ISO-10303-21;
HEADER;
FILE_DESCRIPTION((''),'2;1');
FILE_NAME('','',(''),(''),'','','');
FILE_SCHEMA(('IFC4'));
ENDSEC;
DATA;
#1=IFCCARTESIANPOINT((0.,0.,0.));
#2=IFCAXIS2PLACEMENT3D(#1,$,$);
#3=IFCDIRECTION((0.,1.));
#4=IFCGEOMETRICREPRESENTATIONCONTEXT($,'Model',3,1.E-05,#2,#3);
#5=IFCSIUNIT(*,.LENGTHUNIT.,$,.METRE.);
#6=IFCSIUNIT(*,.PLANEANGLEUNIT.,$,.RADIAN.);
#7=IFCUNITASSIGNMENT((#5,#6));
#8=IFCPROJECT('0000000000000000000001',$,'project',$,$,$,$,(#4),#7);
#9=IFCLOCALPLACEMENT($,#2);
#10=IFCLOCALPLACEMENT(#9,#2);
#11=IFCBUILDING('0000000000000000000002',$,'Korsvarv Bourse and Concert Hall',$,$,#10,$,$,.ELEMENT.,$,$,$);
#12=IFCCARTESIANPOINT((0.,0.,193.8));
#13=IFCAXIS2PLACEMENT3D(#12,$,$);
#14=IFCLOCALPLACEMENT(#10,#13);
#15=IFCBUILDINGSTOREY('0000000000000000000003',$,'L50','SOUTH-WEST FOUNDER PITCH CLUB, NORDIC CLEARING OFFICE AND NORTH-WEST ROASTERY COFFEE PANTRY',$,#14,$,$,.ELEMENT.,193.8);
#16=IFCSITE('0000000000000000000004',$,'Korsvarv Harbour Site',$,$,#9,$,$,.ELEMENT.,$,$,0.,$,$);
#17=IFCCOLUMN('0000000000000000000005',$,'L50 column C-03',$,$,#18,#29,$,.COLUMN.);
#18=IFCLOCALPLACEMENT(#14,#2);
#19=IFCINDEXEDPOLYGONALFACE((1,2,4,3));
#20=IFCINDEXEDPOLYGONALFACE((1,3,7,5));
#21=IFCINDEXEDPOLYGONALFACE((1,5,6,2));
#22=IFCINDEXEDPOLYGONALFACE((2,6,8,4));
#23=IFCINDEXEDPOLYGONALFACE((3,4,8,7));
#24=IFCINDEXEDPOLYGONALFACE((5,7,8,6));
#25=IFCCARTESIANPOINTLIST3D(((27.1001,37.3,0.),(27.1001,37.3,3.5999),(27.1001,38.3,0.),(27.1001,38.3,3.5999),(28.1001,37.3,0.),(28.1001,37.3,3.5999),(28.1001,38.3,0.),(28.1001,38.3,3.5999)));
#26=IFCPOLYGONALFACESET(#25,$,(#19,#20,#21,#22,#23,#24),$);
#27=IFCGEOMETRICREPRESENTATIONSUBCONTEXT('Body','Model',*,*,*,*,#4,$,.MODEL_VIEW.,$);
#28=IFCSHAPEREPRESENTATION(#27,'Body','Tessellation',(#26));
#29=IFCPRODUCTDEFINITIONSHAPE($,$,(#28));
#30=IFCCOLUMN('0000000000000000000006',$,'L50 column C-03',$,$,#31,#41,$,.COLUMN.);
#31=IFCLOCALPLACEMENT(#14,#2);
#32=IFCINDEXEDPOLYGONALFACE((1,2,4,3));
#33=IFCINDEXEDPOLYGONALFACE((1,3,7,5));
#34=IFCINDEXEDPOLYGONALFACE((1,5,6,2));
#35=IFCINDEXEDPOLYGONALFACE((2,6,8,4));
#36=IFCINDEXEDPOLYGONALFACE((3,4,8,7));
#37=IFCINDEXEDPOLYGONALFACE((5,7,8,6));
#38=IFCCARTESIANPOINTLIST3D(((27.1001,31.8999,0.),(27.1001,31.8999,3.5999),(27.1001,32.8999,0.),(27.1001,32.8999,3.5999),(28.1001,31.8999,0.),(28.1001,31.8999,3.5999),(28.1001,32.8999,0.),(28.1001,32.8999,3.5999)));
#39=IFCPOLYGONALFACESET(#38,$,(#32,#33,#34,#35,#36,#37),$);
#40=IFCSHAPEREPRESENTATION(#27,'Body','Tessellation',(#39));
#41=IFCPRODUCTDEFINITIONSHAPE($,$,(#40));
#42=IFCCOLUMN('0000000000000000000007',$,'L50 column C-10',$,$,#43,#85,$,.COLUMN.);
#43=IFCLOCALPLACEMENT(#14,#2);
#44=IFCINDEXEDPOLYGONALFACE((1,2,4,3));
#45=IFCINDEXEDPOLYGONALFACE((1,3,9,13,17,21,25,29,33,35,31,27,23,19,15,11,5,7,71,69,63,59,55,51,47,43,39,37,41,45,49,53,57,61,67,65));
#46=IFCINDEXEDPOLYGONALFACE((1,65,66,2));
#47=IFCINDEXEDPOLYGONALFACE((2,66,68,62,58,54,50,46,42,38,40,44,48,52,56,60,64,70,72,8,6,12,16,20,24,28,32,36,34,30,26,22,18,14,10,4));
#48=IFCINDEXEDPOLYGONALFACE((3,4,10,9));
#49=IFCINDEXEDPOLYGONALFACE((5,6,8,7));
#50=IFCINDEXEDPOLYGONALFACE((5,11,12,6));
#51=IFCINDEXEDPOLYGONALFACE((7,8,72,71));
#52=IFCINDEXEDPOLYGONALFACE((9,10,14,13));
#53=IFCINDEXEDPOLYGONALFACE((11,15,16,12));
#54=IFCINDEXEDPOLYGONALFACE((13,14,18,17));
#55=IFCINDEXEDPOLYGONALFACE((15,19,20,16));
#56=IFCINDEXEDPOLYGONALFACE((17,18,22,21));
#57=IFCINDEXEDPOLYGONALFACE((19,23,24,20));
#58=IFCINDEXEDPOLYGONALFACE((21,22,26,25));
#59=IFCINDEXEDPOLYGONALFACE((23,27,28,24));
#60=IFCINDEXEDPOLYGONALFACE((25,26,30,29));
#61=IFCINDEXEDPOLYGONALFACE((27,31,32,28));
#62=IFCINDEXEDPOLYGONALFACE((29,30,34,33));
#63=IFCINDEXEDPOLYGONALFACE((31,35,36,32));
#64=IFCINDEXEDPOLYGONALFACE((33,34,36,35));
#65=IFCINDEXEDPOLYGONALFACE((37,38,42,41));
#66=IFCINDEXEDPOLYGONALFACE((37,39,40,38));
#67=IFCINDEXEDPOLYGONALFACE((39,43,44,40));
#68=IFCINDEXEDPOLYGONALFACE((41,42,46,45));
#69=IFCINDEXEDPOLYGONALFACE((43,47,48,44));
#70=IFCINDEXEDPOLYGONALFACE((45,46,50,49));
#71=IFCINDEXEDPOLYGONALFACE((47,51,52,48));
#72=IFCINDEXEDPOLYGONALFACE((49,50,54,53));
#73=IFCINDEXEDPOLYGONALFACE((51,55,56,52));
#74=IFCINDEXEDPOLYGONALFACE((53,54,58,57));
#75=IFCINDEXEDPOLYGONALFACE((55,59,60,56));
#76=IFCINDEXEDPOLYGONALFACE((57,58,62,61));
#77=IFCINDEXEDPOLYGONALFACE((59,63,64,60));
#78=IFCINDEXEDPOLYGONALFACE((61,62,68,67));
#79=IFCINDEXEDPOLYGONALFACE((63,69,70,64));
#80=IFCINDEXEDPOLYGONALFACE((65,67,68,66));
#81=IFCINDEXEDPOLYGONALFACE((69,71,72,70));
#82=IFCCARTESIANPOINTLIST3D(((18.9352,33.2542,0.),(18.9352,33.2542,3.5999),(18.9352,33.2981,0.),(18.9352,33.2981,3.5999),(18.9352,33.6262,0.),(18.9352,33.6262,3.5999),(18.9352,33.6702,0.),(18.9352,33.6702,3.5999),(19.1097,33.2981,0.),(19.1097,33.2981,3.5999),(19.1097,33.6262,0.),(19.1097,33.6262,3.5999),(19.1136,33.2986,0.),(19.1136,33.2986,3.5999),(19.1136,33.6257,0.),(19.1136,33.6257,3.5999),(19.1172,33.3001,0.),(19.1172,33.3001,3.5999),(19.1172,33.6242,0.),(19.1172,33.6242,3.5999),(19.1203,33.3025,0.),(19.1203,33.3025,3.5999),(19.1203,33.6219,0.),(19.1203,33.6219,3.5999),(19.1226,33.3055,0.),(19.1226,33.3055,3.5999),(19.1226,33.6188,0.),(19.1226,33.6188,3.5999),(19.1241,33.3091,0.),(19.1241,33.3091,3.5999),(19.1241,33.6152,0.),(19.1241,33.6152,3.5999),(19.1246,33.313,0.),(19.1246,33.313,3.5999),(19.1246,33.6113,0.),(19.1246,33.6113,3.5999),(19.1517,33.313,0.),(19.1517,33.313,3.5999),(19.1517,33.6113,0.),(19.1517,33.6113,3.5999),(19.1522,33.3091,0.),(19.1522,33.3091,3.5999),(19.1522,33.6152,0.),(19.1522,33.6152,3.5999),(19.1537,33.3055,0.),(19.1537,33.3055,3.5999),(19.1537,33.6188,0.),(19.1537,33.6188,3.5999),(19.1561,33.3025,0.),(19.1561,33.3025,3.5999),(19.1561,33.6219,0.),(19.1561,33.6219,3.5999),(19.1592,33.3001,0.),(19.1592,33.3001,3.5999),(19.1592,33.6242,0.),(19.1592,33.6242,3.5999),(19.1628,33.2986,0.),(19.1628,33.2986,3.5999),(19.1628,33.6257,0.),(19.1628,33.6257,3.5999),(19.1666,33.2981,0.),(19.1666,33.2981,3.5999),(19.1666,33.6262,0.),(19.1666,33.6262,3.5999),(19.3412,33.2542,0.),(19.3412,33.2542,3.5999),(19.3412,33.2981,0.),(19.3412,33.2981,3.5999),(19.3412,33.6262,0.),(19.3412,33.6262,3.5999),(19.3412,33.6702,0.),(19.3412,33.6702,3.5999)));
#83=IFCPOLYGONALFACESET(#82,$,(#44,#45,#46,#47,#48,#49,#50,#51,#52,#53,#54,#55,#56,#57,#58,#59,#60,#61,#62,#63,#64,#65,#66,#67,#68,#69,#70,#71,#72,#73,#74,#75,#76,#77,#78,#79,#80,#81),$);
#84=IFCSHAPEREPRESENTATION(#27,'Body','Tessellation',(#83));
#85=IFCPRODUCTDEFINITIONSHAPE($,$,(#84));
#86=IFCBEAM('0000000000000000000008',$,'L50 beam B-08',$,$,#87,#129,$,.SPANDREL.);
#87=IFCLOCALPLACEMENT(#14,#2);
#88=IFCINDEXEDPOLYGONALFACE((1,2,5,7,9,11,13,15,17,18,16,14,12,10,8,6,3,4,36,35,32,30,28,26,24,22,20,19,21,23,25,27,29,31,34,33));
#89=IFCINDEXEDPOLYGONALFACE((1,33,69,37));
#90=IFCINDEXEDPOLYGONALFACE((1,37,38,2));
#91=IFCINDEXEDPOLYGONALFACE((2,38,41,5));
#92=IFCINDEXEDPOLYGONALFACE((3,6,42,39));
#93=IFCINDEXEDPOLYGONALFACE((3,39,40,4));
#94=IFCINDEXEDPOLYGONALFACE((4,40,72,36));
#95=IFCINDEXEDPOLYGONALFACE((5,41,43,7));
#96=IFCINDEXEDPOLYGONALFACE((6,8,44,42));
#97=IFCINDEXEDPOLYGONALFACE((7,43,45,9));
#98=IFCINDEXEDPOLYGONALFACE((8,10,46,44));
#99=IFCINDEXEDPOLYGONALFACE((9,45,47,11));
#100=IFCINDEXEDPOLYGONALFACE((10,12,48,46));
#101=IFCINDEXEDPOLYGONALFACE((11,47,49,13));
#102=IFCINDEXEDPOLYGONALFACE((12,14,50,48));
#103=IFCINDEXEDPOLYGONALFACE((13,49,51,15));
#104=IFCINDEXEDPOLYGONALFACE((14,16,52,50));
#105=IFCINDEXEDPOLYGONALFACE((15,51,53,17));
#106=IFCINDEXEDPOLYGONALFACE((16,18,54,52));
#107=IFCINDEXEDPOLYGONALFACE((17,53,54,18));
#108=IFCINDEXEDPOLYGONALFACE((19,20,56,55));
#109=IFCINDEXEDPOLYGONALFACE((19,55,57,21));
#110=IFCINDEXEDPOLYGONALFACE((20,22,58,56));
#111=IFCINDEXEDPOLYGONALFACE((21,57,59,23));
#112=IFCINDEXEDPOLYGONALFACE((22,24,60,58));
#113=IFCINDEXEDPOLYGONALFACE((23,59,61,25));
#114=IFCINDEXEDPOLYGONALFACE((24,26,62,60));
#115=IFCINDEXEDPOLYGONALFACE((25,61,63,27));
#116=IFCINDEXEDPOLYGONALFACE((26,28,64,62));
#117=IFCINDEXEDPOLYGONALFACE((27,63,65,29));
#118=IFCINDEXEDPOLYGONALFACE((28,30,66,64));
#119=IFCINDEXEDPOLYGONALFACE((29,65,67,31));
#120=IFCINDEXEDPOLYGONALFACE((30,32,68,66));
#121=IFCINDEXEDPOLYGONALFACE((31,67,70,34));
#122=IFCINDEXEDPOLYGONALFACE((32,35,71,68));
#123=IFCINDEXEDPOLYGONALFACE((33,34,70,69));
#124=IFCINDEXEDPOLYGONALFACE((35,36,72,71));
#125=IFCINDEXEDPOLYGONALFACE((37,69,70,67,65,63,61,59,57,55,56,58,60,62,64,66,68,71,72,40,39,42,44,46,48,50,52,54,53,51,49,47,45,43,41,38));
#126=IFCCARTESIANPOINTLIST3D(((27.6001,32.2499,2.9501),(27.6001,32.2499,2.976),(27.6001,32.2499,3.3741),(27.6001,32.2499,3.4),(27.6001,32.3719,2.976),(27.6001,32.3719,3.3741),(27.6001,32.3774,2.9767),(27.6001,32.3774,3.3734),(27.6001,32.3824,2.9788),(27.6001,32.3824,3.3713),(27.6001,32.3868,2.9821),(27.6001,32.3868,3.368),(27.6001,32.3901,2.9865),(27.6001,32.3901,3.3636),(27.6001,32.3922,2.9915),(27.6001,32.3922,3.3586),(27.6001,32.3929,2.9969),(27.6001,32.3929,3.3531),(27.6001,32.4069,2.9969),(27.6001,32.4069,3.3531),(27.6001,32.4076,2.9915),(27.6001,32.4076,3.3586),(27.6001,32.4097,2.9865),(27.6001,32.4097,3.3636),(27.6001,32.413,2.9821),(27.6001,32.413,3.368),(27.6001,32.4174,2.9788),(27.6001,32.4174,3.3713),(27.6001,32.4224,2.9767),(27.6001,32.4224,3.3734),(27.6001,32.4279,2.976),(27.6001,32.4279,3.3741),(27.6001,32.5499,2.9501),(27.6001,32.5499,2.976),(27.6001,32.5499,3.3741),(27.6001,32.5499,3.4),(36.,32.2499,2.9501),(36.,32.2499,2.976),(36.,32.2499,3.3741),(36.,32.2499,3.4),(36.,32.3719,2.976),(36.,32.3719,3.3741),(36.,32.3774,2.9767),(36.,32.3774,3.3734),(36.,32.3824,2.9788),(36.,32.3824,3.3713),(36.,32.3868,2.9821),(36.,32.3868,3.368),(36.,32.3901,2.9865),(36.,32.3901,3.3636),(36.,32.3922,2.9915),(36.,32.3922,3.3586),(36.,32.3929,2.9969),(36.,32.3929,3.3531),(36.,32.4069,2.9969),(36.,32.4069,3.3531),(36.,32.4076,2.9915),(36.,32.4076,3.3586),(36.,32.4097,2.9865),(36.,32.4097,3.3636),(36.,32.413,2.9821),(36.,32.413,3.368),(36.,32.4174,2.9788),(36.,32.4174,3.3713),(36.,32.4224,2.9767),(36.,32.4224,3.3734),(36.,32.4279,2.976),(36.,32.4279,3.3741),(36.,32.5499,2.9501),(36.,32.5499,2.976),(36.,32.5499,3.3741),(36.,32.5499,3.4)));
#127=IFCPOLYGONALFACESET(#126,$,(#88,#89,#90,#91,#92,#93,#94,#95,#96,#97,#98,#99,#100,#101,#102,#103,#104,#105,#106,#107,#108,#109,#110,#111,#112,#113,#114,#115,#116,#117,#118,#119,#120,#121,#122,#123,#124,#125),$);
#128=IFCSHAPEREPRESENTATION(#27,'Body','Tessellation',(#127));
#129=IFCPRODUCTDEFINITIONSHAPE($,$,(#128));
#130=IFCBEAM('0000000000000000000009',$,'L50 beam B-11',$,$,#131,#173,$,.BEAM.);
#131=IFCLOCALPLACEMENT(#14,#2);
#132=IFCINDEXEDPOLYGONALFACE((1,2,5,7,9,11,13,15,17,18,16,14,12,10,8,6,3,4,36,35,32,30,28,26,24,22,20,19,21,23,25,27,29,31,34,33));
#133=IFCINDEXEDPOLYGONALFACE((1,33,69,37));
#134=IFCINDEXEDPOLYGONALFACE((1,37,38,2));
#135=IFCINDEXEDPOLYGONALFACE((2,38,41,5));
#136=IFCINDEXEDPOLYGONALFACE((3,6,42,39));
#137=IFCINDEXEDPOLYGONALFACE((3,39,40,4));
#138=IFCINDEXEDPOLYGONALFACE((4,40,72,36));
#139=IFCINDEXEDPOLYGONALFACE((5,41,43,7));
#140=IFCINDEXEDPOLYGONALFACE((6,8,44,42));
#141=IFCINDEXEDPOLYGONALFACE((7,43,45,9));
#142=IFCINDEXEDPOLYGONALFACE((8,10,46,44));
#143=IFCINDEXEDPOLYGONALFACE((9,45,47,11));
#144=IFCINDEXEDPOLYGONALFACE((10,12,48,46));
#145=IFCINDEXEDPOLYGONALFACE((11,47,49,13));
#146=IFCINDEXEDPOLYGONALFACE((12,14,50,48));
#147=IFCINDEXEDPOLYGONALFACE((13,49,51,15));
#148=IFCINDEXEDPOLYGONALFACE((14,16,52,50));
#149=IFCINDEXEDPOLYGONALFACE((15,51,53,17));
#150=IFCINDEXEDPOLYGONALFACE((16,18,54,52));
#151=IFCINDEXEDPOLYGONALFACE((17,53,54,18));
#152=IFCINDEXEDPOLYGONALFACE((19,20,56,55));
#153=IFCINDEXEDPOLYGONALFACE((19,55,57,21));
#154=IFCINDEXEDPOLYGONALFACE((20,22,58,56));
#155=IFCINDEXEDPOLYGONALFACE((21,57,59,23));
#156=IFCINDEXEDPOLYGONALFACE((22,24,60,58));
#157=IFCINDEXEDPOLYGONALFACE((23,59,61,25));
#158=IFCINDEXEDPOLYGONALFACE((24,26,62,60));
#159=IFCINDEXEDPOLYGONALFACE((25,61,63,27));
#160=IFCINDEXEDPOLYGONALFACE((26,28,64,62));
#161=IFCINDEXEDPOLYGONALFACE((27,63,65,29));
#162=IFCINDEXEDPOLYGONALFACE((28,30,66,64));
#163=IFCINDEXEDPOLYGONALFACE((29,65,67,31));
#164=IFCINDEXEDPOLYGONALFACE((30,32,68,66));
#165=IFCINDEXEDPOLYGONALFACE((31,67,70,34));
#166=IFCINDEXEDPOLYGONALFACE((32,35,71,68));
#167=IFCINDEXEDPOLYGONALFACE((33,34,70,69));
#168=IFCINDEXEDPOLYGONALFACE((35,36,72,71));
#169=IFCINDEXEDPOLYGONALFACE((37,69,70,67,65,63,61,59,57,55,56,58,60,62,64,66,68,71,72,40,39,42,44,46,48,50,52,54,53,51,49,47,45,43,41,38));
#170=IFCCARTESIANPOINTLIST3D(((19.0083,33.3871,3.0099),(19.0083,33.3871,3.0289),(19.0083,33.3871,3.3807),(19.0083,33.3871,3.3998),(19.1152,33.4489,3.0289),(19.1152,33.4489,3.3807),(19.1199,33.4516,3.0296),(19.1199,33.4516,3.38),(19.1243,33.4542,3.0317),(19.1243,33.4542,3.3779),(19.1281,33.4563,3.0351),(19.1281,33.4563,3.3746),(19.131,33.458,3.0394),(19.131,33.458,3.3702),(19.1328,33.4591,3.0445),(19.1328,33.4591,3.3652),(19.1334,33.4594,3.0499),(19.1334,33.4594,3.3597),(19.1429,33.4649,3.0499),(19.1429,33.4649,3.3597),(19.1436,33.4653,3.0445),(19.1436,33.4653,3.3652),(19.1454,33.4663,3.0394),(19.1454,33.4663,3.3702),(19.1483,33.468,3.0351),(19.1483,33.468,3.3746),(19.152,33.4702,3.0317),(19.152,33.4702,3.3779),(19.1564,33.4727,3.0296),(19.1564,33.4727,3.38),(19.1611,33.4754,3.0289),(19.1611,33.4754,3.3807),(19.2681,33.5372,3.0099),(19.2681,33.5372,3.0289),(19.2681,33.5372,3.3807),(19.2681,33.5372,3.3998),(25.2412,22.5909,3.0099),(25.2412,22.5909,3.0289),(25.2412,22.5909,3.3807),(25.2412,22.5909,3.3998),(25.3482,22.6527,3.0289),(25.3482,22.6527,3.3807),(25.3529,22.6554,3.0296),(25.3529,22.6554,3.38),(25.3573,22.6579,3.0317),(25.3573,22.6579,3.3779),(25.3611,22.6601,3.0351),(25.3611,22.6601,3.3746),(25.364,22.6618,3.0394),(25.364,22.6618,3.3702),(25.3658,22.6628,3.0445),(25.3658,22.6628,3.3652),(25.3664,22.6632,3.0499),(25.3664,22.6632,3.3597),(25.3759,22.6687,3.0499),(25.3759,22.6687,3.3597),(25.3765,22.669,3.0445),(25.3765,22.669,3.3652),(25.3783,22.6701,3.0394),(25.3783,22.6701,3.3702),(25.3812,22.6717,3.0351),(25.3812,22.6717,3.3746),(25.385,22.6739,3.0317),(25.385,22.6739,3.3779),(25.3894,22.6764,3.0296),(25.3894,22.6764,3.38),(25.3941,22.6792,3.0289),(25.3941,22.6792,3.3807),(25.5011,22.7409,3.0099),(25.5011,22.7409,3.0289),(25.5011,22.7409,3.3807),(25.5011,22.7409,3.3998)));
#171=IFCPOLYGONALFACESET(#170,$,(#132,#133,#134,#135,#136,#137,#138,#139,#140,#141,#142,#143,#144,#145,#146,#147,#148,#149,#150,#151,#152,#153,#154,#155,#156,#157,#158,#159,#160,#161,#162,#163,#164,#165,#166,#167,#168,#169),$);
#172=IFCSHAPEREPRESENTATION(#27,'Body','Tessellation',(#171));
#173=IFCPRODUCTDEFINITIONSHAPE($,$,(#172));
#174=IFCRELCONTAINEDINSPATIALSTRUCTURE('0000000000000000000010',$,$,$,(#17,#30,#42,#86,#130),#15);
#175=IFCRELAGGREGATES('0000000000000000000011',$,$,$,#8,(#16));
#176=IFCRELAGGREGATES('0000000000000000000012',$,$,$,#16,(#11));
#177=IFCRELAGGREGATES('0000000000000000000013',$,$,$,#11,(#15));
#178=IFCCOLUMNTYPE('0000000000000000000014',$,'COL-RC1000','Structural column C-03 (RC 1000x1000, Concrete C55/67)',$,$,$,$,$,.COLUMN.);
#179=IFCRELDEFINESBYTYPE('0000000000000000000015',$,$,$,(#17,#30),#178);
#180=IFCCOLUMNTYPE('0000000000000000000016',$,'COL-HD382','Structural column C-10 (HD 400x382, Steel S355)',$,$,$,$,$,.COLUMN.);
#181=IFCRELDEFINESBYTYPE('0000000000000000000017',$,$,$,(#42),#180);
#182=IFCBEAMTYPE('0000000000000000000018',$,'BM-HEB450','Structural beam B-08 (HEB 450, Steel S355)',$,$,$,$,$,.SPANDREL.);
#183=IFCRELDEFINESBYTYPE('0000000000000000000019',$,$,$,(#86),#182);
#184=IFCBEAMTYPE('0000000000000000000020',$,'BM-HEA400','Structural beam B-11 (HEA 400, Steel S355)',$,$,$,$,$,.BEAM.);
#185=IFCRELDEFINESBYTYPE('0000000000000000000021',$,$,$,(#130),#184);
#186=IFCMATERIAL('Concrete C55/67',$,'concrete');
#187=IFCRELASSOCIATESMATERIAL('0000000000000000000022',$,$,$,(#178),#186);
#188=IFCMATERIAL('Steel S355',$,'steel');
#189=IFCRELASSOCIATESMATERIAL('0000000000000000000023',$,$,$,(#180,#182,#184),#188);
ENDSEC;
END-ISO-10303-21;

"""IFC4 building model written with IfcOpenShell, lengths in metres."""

from ifc_helpers import new_model, si_unit, direction, frame, origin, origin_2d, place, context, subcontext, project, spatial, rectangle, i_section, extrude, source, transform, mapped, material, material_profile, profile_set, type_object, element, save


model = new_model("IFC4")

# Units and contexts
model_context = context("Model", 3, precision=1e-05, world=origin(), true_north=direction((0.0, 1.0)))
body_context = subcontext(model_context, "Body", "Model", "MODEL_VIEW")
ifc_project = project(units=[si_unit("LENGTHUNIT", "METRE"), si_unit("PLANEANGLEUNIT", "RADIAN")], contexts=[model_context])

# Site, building, storey
site_placement = place(None, origin())
site = spatial("IfcSite", under=ifc_project, at=site_placement, Name="Korsvarv Harbour Site", CompositionType="ELEMENT", RefElevation=0.0)
building_placement = place(site_placement, origin())
building = spatial("IfcBuilding", under=site, at=building_placement, Name="Korsvarv Bourse and Concert Hall", CompositionType="ELEMENT")
storey_placement = place(building_placement, frame((0.0, 0.0, 193.8)))
storey = spatial("IfcBuildingStorey", under=building, at=storey_placement, Name="L50", Description="SOUTH-WEST FOUNDER PITCH CLUB, NORDIC CLEARING OFFICE AND NORTH-WEST ROASTERY COFFEE PANTRY", CompositionType="ELEMENT", Elevation=193.8)

# Columns
ifc_material_1 = material(Name="Concrete C55/67", Category="concrete")
ifc_material_profile_1 = material_profile(ifc_material_1, rectangle(XDim=1.0, YDim=1.0, at=origin_2d()), Name="RC 1000x1000")
ifc_profile_set_1 = profile_set([ifc_material_profile_1], Name="Concrete C55/67")
column_type_1 = type_object("IfcColumnType", Name="COL-RC1000", Description="Structural column C-03 (RC 1000x1000, Concrete C55/67)", PredefinedType="COLUMN", material=ifc_profile_set_1)
shared_shape_1 = source(origin(), body_context, "Body", "SweptSolid", [
    extrude(rectangle(XDim=1.0, YDim=1.0, at=origin_2d()), origin(), (0.0, 0.0, 1.0), 3.5999),
])
for number, where, z_axis, x_axis, name in (
    (1, (27.6001, 37.8, 0.0), (0.0, 0.0, 1.0), (1.0, 0.0, 0.0), "L50 column C-03"),
    (2, (27.6001, 32.3999, 0.0), (0.0, 0.0, 1.0), (1.0, 0.0, 0.0), "L50 column C-03"),
):
    element("IfcColumn", number, at=place(storey_placement, frame(where, z_axis=z_axis, x_axis=x_axis)), inside=storey, type_object=column_type_1, Name=name, PredefinedType="COLUMN", context=body_context, shape_type="MappedRepresentation", body=[
        mapped(shared_shape_1, transform((0.0, 0.0, 0.0), scale=1.0)),
    ])
ifc_material_2 = material(Name="Steel S355", Category="steel")
ifc_material_profile_2 = material_profile(ifc_material_2, i_section(OverallWidth=0.406, OverallDepth=0.416, WebThickness=0.0271, FlangeThickness=0.0439, FilletRadius=0.0149, at=origin_2d()), Name="HD 400x382")
ifc_profile_set_2 = profile_set([ifc_material_profile_2], Name="Steel S355")
column_type_2 = type_object("IfcColumnType", Name="COL-HD382", Description="Structural column C-10 (HD 400x382, Steel S355)", PredefinedType="COLUMN", material=ifc_profile_set_2)
shared_shape_2 = source(origin(), body_context, "Body", "SweptSolid", [
    extrude(i_section(OverallWidth=0.406, OverallDepth=0.416, WebThickness=0.0271, FlangeThickness=0.0439, FilletRadius=0.0149, at=origin_2d()), origin(), (0.0, 0.0, 1.0), 3.5999),
])
column_placement = place(storey_placement, frame((19.1382, 33.4622, 0.0), z_axis=(0.0, 0.0, 1.0), x_axis=(1.0, 0.0, 0.0)))
element("IfcColumn", 3, at=column_placement, inside=storey, type_object=column_type_2, Name="L50 column C-10", PredefinedType="COLUMN", context=body_context, shape_type="MappedRepresentation", body=[
    mapped(shared_shape_2, transform((0.0, 0.0, 0.0), scale=1.0)),
])

# Beams
ifc_material_profile_3 = material_profile(ifc_material_2, i_section(OverallWidth=0.3, OverallDepth=0.45, WebThickness=0.0139, FlangeThickness=0.0259, FilletRadius=0.021, at=origin_2d()), Name="HEB 450")
ifc_profile_set_3 = profile_set([ifc_material_profile_3], Name="Steel S355")
beam_type_1 = type_object("IfcBeamType", Name="BM-HEB450", Description="Structural beam B-08 (HEB 450, Steel S355)", PredefinedType="SPANDREL", material=ifc_profile_set_3)
shared_shape_3 = source(origin(), body_context, "Body", "SweptSolid", [
    extrude(i_section(OverallWidth=0.3, OverallDepth=0.45, WebThickness=0.0139, FlangeThickness=0.0259, FilletRadius=0.021, at=origin_2d()), origin(), (0.0, 0.0, 1.0), 8.3999),
])
beam_1_placement = place(storey_placement, frame((27.6001, 32.3999, 3.175), z_axis=(1.0, 0.0, 0.0), x_axis=(0.0, 1.0, 0.0)))
element("IfcBeam", 4, at=beam_1_placement, inside=storey, type_object=beam_type_1, Name="L50 beam B-08", PredefinedType="SPANDREL", context=body_context, shape_type="MappedRepresentation", body=[
    mapped(shared_shape_3, transform((0.0, 0.0, 0.0), scale=1.0)),
])
ifc_material_profile_4 = material_profile(ifc_material_2, i_section(OverallWidth=0.3, OverallDepth=0.3899, WebThickness=0.011, FlangeThickness=0.019, FilletRadius=0.021, at=origin_2d()), Name="HEA 400")
ifc_profile_set_4 = profile_set([ifc_material_profile_4], Name="Steel S355")
beam_type_2 = type_object("IfcBeamType", Name="BM-HEA400", Description="Structural beam B-11 (HEA 400, Steel S355)", PredefinedType="BEAM", material=ifc_profile_set_4)
shared_shape_4 = source(origin(), body_context, "Body", "SweptSolid", [
    extrude(i_section(OverallWidth=0.3, OverallDepth=0.3899, WebThickness=0.011, FlangeThickness=0.019, FilletRadius=0.021, at=origin_2d()), origin(), (0.0, 0.0, 1.0), 12.4663),
])
beam_2_placement = place(storey_placement, frame((19.1382, 33.4622, 3.2048), z_axis=(0.499985, -0.866034, 0.0), x_axis=(0.866034, 0.499985, 0.0)))
element("IfcBeam", 5, at=beam_2_placement, inside=storey, type_object=beam_type_2, Name="L50 beam B-11", PredefinedType="BEAM", context=body_context, shape_type="MappedRepresentation", body=[
    mapped(shared_shape_4, transform((0.0, 0.0, 0.0), scale=1.0)),
])

save(model, "model.ifc")
